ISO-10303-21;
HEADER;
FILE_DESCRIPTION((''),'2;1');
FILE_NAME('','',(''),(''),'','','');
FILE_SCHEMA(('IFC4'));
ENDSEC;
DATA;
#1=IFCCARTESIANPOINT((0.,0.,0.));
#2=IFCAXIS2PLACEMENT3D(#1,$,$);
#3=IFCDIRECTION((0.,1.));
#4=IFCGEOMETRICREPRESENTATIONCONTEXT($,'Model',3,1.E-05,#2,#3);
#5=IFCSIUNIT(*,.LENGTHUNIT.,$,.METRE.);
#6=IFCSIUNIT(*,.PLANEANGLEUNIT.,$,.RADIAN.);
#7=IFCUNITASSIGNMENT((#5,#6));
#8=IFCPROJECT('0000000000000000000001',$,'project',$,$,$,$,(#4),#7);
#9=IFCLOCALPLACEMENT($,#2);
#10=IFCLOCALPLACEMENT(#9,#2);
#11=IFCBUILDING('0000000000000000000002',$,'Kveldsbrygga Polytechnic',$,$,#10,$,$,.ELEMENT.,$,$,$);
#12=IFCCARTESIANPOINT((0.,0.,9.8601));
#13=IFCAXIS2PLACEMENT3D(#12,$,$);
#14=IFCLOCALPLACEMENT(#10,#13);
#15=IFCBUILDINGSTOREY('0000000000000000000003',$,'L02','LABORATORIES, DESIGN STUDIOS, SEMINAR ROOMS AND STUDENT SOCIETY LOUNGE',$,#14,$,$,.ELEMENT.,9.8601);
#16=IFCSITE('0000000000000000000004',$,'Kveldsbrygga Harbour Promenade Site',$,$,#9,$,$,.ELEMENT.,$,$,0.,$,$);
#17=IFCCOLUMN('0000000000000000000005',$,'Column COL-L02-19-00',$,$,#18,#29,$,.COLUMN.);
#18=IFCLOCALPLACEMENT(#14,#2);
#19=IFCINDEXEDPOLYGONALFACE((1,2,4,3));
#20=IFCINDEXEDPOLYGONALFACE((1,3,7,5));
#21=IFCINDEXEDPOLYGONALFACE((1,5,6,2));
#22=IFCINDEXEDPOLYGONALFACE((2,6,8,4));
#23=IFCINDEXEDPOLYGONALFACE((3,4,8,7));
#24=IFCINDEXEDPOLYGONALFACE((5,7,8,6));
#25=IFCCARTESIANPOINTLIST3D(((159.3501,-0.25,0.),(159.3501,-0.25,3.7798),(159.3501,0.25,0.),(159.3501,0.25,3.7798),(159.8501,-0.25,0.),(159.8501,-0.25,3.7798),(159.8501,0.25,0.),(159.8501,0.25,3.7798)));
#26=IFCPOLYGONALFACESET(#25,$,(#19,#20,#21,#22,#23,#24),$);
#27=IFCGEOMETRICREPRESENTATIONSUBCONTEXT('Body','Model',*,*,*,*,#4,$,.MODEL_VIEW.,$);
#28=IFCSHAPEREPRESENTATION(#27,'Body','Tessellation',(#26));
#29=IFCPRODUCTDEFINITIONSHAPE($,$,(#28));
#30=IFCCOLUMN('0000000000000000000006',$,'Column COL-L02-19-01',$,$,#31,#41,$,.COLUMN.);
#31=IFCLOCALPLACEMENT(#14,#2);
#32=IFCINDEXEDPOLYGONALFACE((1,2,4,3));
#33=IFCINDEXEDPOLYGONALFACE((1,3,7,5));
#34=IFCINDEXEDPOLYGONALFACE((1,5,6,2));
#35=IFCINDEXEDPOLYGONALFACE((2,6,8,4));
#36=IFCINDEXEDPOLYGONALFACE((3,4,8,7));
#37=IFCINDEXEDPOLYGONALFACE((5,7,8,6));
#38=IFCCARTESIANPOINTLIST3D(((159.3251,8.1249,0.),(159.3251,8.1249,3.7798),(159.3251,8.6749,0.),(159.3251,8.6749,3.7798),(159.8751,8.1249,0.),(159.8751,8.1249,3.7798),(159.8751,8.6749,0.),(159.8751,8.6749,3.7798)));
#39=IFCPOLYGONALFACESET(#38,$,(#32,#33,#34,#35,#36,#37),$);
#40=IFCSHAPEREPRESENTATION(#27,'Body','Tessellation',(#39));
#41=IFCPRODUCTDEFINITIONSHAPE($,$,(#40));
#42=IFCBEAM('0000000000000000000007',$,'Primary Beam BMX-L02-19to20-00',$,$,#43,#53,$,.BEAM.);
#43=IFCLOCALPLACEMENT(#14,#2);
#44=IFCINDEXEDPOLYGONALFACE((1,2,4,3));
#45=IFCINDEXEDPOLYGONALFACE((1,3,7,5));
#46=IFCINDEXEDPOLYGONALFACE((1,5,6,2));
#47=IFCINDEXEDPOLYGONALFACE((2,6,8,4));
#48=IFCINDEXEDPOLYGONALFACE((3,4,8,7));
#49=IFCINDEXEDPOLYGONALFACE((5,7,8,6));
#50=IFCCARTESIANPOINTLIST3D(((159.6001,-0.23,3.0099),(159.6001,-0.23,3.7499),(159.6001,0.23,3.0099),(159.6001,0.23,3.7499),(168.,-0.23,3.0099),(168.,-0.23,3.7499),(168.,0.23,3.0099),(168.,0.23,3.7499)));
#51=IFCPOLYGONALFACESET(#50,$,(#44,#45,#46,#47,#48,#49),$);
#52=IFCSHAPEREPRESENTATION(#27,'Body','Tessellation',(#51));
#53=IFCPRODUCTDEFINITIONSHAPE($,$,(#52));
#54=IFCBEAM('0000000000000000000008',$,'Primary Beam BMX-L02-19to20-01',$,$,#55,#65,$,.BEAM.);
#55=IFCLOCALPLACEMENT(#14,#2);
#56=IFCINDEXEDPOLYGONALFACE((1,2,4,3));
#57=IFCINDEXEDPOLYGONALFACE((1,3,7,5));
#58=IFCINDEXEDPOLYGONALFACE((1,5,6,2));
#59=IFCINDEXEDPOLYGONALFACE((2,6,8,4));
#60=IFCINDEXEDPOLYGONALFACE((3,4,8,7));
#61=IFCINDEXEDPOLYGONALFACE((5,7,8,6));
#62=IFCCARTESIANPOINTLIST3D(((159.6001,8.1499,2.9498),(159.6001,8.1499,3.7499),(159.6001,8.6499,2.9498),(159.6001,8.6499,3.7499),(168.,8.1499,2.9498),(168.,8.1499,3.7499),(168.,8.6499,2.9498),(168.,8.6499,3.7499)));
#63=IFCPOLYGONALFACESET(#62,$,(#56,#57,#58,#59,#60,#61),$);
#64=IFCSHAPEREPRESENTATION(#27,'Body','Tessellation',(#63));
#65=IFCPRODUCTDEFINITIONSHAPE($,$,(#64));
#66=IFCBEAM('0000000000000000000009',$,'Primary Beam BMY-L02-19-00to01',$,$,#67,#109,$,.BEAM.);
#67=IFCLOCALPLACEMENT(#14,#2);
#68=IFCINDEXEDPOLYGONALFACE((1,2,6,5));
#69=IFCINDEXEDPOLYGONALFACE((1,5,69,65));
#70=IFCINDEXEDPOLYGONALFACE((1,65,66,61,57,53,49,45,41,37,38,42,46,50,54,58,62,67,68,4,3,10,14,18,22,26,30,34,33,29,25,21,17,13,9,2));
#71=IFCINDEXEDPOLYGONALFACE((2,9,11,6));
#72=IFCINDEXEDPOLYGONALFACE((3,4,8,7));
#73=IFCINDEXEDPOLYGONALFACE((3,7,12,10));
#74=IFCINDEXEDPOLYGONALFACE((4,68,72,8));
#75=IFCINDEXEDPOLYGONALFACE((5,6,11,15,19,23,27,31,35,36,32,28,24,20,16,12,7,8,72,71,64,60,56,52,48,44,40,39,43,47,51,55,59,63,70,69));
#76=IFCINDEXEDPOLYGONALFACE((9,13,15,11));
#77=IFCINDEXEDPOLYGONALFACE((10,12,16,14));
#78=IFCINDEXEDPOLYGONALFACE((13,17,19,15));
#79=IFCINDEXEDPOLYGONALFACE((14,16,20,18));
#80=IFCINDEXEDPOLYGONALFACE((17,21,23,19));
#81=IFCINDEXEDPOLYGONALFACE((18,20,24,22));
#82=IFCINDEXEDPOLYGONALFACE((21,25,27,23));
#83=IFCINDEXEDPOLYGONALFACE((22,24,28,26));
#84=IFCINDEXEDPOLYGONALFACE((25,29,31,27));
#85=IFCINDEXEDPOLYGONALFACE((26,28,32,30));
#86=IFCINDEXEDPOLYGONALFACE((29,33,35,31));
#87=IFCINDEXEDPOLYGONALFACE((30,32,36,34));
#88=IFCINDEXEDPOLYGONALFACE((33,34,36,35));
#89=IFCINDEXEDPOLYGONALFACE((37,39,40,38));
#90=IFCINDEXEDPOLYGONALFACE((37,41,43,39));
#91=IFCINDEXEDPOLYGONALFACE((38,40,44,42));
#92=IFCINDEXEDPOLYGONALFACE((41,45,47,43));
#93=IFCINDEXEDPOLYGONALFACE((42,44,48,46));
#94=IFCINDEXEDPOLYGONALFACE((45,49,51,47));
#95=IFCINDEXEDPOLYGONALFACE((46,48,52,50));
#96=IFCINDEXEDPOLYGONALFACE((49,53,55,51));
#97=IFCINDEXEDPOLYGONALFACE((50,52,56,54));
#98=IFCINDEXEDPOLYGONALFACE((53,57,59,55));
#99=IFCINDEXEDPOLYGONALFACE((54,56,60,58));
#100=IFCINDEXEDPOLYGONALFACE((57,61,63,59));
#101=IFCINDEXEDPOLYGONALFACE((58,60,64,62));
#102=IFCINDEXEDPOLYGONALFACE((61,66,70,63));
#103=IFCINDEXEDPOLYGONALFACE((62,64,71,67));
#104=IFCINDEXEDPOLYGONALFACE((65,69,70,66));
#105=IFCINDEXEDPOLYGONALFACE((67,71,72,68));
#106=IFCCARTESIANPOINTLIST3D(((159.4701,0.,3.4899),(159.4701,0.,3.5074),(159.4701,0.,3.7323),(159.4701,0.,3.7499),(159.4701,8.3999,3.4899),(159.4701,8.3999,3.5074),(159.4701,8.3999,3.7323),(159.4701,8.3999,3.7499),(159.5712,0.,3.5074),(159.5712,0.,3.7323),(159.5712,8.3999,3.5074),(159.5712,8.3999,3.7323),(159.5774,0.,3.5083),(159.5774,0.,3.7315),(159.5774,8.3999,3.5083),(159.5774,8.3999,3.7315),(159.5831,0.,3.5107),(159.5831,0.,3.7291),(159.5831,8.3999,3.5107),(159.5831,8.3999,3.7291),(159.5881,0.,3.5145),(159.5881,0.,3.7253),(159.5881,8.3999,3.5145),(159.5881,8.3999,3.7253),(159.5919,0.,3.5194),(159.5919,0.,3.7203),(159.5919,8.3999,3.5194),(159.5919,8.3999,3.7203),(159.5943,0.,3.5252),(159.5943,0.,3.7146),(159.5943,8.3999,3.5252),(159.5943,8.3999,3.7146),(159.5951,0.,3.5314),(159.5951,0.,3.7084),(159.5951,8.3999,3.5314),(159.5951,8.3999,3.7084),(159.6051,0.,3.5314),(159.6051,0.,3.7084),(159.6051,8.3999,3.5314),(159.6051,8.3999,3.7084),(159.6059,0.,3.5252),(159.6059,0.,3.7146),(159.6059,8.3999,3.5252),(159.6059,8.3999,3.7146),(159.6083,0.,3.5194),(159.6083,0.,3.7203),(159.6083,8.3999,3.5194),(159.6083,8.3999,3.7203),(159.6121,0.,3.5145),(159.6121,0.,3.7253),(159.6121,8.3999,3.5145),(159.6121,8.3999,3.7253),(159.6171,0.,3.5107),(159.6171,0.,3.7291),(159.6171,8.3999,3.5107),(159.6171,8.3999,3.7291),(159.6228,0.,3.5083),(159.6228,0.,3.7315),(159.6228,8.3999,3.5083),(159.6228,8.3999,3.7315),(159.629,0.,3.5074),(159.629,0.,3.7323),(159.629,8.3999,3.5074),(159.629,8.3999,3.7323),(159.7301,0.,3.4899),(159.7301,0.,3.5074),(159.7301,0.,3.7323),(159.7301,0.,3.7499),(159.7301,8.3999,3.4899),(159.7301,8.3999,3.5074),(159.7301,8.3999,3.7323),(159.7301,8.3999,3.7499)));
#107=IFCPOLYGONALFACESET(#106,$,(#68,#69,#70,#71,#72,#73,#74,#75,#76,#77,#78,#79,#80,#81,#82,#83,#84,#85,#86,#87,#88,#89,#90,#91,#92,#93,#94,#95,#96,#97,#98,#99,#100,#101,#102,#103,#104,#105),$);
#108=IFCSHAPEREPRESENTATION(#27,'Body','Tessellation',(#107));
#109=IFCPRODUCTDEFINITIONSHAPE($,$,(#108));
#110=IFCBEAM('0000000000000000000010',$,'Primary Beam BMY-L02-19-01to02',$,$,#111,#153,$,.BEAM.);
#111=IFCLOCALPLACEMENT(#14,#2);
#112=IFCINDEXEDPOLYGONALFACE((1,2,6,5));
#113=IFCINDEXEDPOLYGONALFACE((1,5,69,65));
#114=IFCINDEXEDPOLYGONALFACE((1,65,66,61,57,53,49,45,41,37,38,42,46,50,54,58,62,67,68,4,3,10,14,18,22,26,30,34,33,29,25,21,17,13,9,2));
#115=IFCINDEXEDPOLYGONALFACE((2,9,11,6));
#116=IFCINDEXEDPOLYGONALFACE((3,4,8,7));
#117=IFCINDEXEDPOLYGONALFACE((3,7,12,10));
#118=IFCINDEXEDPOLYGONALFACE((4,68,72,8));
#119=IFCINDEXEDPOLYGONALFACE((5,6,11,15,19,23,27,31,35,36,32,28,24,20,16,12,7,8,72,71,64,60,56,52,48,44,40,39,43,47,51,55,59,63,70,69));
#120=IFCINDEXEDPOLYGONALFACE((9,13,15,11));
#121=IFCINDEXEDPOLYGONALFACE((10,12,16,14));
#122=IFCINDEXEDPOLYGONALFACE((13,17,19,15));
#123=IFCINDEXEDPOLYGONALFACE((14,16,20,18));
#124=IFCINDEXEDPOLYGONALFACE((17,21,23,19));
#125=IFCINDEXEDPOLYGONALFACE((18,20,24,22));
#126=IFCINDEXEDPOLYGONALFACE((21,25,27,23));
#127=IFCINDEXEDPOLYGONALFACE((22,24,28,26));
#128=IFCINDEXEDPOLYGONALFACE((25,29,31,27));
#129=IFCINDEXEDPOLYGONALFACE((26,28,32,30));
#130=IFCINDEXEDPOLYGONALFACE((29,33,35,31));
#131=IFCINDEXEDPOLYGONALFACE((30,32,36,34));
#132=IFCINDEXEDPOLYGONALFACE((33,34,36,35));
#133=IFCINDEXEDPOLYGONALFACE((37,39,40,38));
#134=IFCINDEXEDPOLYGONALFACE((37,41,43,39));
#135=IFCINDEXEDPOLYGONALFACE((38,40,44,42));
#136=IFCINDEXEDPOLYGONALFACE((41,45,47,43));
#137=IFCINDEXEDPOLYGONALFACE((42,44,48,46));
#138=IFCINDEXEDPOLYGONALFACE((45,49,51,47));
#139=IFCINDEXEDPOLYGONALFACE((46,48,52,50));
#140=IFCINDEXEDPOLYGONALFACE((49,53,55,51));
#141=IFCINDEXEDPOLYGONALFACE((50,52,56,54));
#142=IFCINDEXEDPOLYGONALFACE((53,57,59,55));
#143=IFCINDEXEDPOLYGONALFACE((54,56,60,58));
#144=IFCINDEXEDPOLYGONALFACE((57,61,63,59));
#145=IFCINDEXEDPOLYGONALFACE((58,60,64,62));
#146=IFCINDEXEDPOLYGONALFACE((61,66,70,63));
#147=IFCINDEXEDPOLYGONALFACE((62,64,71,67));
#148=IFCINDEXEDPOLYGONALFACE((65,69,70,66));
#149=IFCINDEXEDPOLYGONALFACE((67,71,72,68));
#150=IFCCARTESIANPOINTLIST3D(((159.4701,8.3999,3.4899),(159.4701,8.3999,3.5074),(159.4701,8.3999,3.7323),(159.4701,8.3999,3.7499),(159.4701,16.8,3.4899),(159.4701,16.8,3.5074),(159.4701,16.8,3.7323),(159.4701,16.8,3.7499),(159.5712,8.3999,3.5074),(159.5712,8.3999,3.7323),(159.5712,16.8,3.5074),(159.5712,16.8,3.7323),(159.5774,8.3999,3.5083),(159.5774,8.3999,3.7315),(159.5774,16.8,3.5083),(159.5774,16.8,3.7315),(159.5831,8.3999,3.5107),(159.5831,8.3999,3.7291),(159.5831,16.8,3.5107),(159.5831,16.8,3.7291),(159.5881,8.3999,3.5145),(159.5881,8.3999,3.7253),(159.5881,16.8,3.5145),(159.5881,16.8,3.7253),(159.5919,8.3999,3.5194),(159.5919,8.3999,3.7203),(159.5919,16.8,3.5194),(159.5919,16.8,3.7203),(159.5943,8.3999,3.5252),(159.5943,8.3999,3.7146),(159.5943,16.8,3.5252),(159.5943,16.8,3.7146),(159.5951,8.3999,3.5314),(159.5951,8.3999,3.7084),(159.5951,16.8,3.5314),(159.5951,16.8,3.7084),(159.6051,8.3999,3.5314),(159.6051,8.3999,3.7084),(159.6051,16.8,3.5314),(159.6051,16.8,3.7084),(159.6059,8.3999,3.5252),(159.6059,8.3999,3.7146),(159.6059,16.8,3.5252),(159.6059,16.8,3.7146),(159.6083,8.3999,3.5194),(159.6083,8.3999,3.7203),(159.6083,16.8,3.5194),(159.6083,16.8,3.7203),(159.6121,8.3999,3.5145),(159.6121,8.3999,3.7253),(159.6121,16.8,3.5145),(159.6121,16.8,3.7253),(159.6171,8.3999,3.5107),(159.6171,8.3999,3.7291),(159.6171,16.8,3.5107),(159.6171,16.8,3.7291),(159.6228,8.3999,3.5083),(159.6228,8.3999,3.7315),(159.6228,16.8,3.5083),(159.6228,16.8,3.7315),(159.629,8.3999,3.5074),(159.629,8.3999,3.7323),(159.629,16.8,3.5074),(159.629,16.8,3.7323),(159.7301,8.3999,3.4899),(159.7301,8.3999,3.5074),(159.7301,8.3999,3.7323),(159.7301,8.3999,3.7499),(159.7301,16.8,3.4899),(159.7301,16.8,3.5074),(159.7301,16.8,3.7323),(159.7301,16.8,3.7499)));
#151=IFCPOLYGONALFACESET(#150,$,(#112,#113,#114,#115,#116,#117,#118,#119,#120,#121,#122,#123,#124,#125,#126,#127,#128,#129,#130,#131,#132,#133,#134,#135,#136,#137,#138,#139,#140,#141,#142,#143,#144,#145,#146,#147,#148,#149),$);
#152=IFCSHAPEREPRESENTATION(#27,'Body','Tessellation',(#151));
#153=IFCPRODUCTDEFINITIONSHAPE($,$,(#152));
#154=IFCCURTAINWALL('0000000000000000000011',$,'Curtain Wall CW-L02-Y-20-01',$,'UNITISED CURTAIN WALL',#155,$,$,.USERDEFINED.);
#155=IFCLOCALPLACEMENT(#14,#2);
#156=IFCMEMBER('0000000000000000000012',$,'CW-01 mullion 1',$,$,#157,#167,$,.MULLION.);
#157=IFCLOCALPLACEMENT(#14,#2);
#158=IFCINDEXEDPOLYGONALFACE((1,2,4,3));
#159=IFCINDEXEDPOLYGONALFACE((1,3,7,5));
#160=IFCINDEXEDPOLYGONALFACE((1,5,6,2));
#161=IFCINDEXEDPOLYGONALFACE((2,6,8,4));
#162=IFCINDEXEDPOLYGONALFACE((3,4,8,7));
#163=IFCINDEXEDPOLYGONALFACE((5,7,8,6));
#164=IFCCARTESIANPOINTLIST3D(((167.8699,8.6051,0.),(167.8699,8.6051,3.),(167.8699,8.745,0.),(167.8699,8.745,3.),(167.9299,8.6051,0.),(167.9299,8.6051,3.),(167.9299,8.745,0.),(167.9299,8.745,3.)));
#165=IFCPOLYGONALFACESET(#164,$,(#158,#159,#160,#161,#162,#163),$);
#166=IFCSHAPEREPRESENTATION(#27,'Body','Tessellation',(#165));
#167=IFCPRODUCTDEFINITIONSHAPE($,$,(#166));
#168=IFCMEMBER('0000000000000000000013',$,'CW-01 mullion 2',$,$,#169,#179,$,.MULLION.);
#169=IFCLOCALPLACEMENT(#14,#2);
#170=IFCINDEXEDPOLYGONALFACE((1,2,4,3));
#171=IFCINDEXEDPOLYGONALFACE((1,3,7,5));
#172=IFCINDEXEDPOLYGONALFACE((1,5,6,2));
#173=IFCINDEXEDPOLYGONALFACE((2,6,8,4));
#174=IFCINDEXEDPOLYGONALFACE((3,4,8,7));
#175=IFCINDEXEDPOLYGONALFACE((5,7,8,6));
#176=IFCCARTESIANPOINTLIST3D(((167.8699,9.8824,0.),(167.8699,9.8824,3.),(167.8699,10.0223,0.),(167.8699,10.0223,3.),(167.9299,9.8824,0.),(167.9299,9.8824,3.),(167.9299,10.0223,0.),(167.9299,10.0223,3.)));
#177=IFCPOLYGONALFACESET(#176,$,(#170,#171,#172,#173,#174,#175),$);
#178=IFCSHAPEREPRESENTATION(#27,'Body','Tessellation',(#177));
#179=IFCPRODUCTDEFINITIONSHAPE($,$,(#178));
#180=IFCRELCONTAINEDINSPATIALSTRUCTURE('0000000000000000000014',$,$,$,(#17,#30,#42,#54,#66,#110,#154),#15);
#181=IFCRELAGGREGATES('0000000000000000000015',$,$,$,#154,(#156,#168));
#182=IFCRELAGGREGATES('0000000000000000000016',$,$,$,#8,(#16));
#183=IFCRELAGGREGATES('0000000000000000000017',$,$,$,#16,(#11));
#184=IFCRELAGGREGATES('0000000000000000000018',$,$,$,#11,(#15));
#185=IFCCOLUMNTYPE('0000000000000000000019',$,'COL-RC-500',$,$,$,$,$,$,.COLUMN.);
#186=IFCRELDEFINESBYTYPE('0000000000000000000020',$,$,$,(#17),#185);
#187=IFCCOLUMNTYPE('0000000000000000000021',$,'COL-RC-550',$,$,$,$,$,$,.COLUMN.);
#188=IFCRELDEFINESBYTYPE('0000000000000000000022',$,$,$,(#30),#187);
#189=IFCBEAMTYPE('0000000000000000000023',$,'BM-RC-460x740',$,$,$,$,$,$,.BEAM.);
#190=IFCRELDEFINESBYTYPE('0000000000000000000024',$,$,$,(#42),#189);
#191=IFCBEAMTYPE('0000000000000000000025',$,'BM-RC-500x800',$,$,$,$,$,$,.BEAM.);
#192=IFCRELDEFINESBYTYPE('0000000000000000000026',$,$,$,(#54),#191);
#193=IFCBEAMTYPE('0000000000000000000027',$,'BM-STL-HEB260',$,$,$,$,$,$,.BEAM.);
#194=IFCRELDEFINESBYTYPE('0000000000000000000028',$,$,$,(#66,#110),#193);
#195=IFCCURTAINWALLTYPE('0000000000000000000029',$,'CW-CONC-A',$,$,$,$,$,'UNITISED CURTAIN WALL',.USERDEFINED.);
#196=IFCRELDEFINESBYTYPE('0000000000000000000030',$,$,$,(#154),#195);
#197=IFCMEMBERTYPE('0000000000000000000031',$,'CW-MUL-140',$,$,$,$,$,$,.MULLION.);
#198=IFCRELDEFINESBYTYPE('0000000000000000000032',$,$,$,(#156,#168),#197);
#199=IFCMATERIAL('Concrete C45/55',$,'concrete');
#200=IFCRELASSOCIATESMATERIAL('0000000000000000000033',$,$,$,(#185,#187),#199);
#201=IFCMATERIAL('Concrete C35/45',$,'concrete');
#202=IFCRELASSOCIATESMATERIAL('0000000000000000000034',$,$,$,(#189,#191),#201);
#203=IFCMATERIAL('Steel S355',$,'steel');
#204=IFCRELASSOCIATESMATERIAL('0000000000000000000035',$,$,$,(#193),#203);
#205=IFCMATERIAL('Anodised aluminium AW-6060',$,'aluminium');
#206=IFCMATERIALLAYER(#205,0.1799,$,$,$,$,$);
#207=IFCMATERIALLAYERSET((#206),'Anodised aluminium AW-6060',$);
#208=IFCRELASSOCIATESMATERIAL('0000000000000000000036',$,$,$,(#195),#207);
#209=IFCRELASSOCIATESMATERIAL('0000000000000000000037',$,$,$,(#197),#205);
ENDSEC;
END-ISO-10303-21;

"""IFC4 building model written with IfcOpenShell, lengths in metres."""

from ifc_helpers import new_model, si_unit, direction, frame, origin, origin_2d, place, context, subcontext, project, spatial, rectangle, i_section, extrude, material, layer, layer_set, material_profile, profile_set, type_object, element, aggregate, save


model = new_model("IFC4")

# Units and contexts
model_context = context("Model", 3, precision=1e-05, world=origin(), true_north=direction((0.0, 1.0)))
body_context = subcontext(model_context, "Body", "Model", "MODEL_VIEW")
ifc_project = project(units=[si_unit("LENGTHUNIT", "METRE"), si_unit("PLANEANGLEUNIT", "RADIAN")], contexts=[model_context])

# Site, building, storey
site_placement = place(None, origin())
site = spatial("IfcSite", under=ifc_project, at=site_placement, Name="Kveldsbrygga Harbour Promenade Site", CompositionType="ELEMENT", RefElevation=0.0)
building_placement = place(site_placement, origin())
building = spatial("IfcBuilding", under=site, at=building_placement, Name="Kveldsbrygga Polytechnic", CompositionType="ELEMENT")
storey_placement = place(building_placement, frame((0.0, 0.0, 9.8601)))
storey = spatial("IfcBuildingStorey", under=building, at=storey_placement, Name="L02", Description="LABORATORIES, DESIGN STUDIOS, SEMINAR ROOMS AND STUDENT SOCIETY LOUNGE", CompositionType="ELEMENT", Elevation=9.8601)

# Columns
ifc_material_1 = material(Name="Concrete C45/55", Category="concrete")
ifc_material_profile_1 = material_profile(ifc_material_1, rectangle(XDim=0.5, YDim=0.5, at=origin_2d()), Name="RC 500x500")
ifc_profile_set_1 = profile_set([ifc_material_profile_1], Name="Concrete C45/55")
column_type_1 = type_object("IfcColumnType", Name="COL-RC-500", PredefinedType="COLUMN", material=ifc_profile_set_1)
column_1_placement = place(storey_placement, frame((159.6001, 0.0, 0.0), z_axis=(0.0, 0.0, 1.0), x_axis=(1.0, 0.0, 0.0)))
element("IfcColumn", 1, at=column_1_placement, inside=storey, type_object=column_type_1, Name="Column COL-L02-19-00", PredefinedType="COLUMN", context=body_context, shape_type="SweptSolid", body=[
    extrude(rectangle(XDim=0.5, YDim=0.5, at=origin_2d()), origin(), (0.0, 0.0, 1.0), 3.7798),
])
ifc_material_profile_2 = material_profile(ifc_material_1, rectangle(XDim=0.55, YDim=0.55, at=origin_2d()), Name="RC 550x550")
ifc_profile_set_2 = profile_set([ifc_material_profile_2], Name="Concrete C45/55")
column_type_2 = type_object("IfcColumnType", Name="COL-RC-550", PredefinedType="COLUMN", material=ifc_profile_set_2)
column_2_placement = place(storey_placement, frame((159.6001, 8.3999, 0.0), z_axis=(0.0, 0.0, 1.0), x_axis=(1.0, 0.0, 0.0)))
element("IfcColumn", 2, at=column_2_placement, inside=storey, type_object=column_type_2, Name="Column COL-L02-19-01", PredefinedType="COLUMN", context=body_context, shape_type="SweptSolid", body=[
    extrude(rectangle(XDim=0.55, YDim=0.55, at=origin_2d()), origin(), (0.0, 0.0, 1.0), 3.7798),
])

# Beams
ifc_material_2 = material(Name="Concrete C35/45", Category="concrete")
ifc_material_profile_3 = material_profile(ifc_material_2, rectangle(XDim=0.46, YDim=0.74, at=origin_2d()), Name="RC 460x740")
ifc_profile_set_3 = profile_set([ifc_material_profile_3], Name="Concrete C35/45")
beam_type_1 = type_object("IfcBeamType", Name="BM-RC-460x740", PredefinedType="BEAM", material=ifc_profile_set_3)
beam_1_placement = place(storey_placement, frame((159.6001, 0.0, 3.3799), z_axis=(1.0, 0.0, 0.0), x_axis=(0.0, 1.0, 0.0)))
element("IfcBeam", 3, at=beam_1_placement, inside=storey, type_object=beam_type_1, Name="Primary Beam BMX-L02-19to20-00", PredefinedType="BEAM", context=body_context, shape_type="SweptSolid", body=[
    extrude(rectangle(XDim=0.46, YDim=0.74, at=origin_2d()), origin(), (0.0, 0.0, 1.0), 8.3999),
])
ifc_material_profile_4 = material_profile(ifc_material_2, rectangle(XDim=0.5, YDim=0.8, at=origin_2d()), Name="RC 500x800")
ifc_profile_set_4 = profile_set([ifc_material_profile_4], Name="Concrete C35/45")
beam_type_2 = type_object("IfcBeamType", Name="BM-RC-500x800", PredefinedType="BEAM", material=ifc_profile_set_4)
beam_2_placement = place(storey_placement, frame((159.6001, 8.3999, 3.3499), z_axis=(1.0, 0.0, 0.0), x_axis=(0.0, 1.0, 0.0)))
element("IfcBeam", 4, at=beam_2_placement, inside=storey, type_object=beam_type_2, Name="Primary Beam BMX-L02-19to20-01", PredefinedType="BEAM", context=body_context, shape_type="SweptSolid", body=[
    extrude(rectangle(XDim=0.5, YDim=0.8, at=origin_2d()), origin(), (0.0, 0.0, 1.0), 8.3999),
])
ifc_material_3 = material(Name="Steel S355", Category="steel")
ifc_material_profile_5 = material_profile(ifc_material_3, i_section(OverallWidth=0.26, OverallDepth=0.26, WebThickness=0.01, FlangeThickness=0.0176, FilletRadius=0.0239, at=origin_2d()), Name="HEB 260")
ifc_profile_set_5 = profile_set([ifc_material_profile_5], Name="Steel S355")
beam_type_3 = type_object("IfcBeamType", Name="BM-STL-HEB260", PredefinedType="BEAM", material=ifc_profile_set_5)
beam_3_placement = place(storey_placement, frame((159.6001, 0.0, 3.6199), z_axis=(0.0, 1.0, 0.0), x_axis=(-1.0, 0.0, 0.0)))
element("IfcBeam", 5, at=beam_3_placement, inside=storey, type_object=beam_type_3, Name="Primary Beam BMY-L02-19-00to01", PredefinedType="BEAM", context=body_context, shape_type="SweptSolid", body=[
    extrude(i_section(OverallWidth=0.26, OverallDepth=0.26, WebThickness=0.01, FlangeThickness=0.0176, FilletRadius=0.0239, at=origin_2d()), origin(), (0.0, 0.0, 1.0), 8.3999),
])
beam_4_placement = place(storey_placement, frame((159.6001, 8.3999, 3.6199), z_axis=(0.0, 1.0, 0.0), x_axis=(-1.0, 0.0, 0.0)))
element("IfcBeam", 6, at=beam_4_placement, inside=storey, type_object=beam_type_3, Name="Primary Beam BMY-L02-19-01to02", PredefinedType="BEAM", context=body_context, shape_type="SweptSolid", body=[
    extrude(i_section(OverallWidth=0.26, OverallDepth=0.26, WebThickness=0.01, FlangeThickness=0.0176, FilletRadius=0.0239, at=origin_2d()), origin(), (0.0, 0.0, 1.0), 8.4001),
])

# Curtain wall, members
ifc_material_4 = material(Name="Anodised aluminium AW-6060", Category="aluminium")
ifc_layer_1 = layer(ifc_material_4, 0.1799)
ifc_layer_set_1 = layer_set([ifc_layer_1], Name="Anodised aluminium AW-6060")
curtain_wall_type = type_object("IfcCurtainWallType", Name="CW-CONC-A", ElementType="UNITISED CURTAIN WALL", PredefinedType="USERDEFINED", material=ifc_layer_set_1)
curtain_wall_placement = place(storey_placement, origin())
curtain_wall = element("IfcCurtainWall", 7, at=curtain_wall_placement, inside=storey, type_object=curtain_wall_type, Name="Curtain Wall CW-L02-Y-20-01", ObjectType="UNITISED CURTAIN WALL", PredefinedType="USERDEFINED")
ifc_material_profile_6 = material_profile(ifc_material_4, rectangle(XDim=0.0601, YDim=0.1399, at=origin_2d()), Name="ALU 60x140")
ifc_profile_set_6 = profile_set([ifc_material_profile_6], Name="Anodised aluminium AW-6060")
member_type_1 = type_object("IfcMemberType", Name="CW-MUL-140", PredefinedType="MULLION", material=ifc_profile_set_6)
member_1_placement = place(storey_placement, frame((167.8999, 8.675, 0.0), z_axis=(0.0, 0.0, 1.0), x_axis=(-1.0, 0.0, 0.0)))
member_1 = element("IfcMember", 8, at=member_1_placement, type_object=member_type_1, Name="CW-01 mullion 1", PredefinedType="MULLION", context=body_context, shape_type="SweptSolid", body=[
    extrude(rectangle(XDim=0.0601, YDim=0.1399, at=origin_2d()), origin(), (0.0, 0.0, 1.0), 3.0),
])
member_2_placement = place(storey_placement, frame((167.8999, 9.9524, 0.0), z_axis=(0.0, 0.0, 1.0), x_axis=(-1.0, 0.0, 0.0)))
member_2 = element("IfcMember", 9, at=member_2_placement, type_object=member_type_1, Name="CW-01 mullion 2", PredefinedType="MULLION", context=body_context, shape_type="SweptSolid", body=[
    extrude(rectangle(XDim=0.0601, YDim=0.1399, at=origin_2d()), origin(), (0.0, 0.0, 1.0), 3.0),
])

aggregate(curtain_wall, [member_1, member_2])

save(model, "model.ifc")
